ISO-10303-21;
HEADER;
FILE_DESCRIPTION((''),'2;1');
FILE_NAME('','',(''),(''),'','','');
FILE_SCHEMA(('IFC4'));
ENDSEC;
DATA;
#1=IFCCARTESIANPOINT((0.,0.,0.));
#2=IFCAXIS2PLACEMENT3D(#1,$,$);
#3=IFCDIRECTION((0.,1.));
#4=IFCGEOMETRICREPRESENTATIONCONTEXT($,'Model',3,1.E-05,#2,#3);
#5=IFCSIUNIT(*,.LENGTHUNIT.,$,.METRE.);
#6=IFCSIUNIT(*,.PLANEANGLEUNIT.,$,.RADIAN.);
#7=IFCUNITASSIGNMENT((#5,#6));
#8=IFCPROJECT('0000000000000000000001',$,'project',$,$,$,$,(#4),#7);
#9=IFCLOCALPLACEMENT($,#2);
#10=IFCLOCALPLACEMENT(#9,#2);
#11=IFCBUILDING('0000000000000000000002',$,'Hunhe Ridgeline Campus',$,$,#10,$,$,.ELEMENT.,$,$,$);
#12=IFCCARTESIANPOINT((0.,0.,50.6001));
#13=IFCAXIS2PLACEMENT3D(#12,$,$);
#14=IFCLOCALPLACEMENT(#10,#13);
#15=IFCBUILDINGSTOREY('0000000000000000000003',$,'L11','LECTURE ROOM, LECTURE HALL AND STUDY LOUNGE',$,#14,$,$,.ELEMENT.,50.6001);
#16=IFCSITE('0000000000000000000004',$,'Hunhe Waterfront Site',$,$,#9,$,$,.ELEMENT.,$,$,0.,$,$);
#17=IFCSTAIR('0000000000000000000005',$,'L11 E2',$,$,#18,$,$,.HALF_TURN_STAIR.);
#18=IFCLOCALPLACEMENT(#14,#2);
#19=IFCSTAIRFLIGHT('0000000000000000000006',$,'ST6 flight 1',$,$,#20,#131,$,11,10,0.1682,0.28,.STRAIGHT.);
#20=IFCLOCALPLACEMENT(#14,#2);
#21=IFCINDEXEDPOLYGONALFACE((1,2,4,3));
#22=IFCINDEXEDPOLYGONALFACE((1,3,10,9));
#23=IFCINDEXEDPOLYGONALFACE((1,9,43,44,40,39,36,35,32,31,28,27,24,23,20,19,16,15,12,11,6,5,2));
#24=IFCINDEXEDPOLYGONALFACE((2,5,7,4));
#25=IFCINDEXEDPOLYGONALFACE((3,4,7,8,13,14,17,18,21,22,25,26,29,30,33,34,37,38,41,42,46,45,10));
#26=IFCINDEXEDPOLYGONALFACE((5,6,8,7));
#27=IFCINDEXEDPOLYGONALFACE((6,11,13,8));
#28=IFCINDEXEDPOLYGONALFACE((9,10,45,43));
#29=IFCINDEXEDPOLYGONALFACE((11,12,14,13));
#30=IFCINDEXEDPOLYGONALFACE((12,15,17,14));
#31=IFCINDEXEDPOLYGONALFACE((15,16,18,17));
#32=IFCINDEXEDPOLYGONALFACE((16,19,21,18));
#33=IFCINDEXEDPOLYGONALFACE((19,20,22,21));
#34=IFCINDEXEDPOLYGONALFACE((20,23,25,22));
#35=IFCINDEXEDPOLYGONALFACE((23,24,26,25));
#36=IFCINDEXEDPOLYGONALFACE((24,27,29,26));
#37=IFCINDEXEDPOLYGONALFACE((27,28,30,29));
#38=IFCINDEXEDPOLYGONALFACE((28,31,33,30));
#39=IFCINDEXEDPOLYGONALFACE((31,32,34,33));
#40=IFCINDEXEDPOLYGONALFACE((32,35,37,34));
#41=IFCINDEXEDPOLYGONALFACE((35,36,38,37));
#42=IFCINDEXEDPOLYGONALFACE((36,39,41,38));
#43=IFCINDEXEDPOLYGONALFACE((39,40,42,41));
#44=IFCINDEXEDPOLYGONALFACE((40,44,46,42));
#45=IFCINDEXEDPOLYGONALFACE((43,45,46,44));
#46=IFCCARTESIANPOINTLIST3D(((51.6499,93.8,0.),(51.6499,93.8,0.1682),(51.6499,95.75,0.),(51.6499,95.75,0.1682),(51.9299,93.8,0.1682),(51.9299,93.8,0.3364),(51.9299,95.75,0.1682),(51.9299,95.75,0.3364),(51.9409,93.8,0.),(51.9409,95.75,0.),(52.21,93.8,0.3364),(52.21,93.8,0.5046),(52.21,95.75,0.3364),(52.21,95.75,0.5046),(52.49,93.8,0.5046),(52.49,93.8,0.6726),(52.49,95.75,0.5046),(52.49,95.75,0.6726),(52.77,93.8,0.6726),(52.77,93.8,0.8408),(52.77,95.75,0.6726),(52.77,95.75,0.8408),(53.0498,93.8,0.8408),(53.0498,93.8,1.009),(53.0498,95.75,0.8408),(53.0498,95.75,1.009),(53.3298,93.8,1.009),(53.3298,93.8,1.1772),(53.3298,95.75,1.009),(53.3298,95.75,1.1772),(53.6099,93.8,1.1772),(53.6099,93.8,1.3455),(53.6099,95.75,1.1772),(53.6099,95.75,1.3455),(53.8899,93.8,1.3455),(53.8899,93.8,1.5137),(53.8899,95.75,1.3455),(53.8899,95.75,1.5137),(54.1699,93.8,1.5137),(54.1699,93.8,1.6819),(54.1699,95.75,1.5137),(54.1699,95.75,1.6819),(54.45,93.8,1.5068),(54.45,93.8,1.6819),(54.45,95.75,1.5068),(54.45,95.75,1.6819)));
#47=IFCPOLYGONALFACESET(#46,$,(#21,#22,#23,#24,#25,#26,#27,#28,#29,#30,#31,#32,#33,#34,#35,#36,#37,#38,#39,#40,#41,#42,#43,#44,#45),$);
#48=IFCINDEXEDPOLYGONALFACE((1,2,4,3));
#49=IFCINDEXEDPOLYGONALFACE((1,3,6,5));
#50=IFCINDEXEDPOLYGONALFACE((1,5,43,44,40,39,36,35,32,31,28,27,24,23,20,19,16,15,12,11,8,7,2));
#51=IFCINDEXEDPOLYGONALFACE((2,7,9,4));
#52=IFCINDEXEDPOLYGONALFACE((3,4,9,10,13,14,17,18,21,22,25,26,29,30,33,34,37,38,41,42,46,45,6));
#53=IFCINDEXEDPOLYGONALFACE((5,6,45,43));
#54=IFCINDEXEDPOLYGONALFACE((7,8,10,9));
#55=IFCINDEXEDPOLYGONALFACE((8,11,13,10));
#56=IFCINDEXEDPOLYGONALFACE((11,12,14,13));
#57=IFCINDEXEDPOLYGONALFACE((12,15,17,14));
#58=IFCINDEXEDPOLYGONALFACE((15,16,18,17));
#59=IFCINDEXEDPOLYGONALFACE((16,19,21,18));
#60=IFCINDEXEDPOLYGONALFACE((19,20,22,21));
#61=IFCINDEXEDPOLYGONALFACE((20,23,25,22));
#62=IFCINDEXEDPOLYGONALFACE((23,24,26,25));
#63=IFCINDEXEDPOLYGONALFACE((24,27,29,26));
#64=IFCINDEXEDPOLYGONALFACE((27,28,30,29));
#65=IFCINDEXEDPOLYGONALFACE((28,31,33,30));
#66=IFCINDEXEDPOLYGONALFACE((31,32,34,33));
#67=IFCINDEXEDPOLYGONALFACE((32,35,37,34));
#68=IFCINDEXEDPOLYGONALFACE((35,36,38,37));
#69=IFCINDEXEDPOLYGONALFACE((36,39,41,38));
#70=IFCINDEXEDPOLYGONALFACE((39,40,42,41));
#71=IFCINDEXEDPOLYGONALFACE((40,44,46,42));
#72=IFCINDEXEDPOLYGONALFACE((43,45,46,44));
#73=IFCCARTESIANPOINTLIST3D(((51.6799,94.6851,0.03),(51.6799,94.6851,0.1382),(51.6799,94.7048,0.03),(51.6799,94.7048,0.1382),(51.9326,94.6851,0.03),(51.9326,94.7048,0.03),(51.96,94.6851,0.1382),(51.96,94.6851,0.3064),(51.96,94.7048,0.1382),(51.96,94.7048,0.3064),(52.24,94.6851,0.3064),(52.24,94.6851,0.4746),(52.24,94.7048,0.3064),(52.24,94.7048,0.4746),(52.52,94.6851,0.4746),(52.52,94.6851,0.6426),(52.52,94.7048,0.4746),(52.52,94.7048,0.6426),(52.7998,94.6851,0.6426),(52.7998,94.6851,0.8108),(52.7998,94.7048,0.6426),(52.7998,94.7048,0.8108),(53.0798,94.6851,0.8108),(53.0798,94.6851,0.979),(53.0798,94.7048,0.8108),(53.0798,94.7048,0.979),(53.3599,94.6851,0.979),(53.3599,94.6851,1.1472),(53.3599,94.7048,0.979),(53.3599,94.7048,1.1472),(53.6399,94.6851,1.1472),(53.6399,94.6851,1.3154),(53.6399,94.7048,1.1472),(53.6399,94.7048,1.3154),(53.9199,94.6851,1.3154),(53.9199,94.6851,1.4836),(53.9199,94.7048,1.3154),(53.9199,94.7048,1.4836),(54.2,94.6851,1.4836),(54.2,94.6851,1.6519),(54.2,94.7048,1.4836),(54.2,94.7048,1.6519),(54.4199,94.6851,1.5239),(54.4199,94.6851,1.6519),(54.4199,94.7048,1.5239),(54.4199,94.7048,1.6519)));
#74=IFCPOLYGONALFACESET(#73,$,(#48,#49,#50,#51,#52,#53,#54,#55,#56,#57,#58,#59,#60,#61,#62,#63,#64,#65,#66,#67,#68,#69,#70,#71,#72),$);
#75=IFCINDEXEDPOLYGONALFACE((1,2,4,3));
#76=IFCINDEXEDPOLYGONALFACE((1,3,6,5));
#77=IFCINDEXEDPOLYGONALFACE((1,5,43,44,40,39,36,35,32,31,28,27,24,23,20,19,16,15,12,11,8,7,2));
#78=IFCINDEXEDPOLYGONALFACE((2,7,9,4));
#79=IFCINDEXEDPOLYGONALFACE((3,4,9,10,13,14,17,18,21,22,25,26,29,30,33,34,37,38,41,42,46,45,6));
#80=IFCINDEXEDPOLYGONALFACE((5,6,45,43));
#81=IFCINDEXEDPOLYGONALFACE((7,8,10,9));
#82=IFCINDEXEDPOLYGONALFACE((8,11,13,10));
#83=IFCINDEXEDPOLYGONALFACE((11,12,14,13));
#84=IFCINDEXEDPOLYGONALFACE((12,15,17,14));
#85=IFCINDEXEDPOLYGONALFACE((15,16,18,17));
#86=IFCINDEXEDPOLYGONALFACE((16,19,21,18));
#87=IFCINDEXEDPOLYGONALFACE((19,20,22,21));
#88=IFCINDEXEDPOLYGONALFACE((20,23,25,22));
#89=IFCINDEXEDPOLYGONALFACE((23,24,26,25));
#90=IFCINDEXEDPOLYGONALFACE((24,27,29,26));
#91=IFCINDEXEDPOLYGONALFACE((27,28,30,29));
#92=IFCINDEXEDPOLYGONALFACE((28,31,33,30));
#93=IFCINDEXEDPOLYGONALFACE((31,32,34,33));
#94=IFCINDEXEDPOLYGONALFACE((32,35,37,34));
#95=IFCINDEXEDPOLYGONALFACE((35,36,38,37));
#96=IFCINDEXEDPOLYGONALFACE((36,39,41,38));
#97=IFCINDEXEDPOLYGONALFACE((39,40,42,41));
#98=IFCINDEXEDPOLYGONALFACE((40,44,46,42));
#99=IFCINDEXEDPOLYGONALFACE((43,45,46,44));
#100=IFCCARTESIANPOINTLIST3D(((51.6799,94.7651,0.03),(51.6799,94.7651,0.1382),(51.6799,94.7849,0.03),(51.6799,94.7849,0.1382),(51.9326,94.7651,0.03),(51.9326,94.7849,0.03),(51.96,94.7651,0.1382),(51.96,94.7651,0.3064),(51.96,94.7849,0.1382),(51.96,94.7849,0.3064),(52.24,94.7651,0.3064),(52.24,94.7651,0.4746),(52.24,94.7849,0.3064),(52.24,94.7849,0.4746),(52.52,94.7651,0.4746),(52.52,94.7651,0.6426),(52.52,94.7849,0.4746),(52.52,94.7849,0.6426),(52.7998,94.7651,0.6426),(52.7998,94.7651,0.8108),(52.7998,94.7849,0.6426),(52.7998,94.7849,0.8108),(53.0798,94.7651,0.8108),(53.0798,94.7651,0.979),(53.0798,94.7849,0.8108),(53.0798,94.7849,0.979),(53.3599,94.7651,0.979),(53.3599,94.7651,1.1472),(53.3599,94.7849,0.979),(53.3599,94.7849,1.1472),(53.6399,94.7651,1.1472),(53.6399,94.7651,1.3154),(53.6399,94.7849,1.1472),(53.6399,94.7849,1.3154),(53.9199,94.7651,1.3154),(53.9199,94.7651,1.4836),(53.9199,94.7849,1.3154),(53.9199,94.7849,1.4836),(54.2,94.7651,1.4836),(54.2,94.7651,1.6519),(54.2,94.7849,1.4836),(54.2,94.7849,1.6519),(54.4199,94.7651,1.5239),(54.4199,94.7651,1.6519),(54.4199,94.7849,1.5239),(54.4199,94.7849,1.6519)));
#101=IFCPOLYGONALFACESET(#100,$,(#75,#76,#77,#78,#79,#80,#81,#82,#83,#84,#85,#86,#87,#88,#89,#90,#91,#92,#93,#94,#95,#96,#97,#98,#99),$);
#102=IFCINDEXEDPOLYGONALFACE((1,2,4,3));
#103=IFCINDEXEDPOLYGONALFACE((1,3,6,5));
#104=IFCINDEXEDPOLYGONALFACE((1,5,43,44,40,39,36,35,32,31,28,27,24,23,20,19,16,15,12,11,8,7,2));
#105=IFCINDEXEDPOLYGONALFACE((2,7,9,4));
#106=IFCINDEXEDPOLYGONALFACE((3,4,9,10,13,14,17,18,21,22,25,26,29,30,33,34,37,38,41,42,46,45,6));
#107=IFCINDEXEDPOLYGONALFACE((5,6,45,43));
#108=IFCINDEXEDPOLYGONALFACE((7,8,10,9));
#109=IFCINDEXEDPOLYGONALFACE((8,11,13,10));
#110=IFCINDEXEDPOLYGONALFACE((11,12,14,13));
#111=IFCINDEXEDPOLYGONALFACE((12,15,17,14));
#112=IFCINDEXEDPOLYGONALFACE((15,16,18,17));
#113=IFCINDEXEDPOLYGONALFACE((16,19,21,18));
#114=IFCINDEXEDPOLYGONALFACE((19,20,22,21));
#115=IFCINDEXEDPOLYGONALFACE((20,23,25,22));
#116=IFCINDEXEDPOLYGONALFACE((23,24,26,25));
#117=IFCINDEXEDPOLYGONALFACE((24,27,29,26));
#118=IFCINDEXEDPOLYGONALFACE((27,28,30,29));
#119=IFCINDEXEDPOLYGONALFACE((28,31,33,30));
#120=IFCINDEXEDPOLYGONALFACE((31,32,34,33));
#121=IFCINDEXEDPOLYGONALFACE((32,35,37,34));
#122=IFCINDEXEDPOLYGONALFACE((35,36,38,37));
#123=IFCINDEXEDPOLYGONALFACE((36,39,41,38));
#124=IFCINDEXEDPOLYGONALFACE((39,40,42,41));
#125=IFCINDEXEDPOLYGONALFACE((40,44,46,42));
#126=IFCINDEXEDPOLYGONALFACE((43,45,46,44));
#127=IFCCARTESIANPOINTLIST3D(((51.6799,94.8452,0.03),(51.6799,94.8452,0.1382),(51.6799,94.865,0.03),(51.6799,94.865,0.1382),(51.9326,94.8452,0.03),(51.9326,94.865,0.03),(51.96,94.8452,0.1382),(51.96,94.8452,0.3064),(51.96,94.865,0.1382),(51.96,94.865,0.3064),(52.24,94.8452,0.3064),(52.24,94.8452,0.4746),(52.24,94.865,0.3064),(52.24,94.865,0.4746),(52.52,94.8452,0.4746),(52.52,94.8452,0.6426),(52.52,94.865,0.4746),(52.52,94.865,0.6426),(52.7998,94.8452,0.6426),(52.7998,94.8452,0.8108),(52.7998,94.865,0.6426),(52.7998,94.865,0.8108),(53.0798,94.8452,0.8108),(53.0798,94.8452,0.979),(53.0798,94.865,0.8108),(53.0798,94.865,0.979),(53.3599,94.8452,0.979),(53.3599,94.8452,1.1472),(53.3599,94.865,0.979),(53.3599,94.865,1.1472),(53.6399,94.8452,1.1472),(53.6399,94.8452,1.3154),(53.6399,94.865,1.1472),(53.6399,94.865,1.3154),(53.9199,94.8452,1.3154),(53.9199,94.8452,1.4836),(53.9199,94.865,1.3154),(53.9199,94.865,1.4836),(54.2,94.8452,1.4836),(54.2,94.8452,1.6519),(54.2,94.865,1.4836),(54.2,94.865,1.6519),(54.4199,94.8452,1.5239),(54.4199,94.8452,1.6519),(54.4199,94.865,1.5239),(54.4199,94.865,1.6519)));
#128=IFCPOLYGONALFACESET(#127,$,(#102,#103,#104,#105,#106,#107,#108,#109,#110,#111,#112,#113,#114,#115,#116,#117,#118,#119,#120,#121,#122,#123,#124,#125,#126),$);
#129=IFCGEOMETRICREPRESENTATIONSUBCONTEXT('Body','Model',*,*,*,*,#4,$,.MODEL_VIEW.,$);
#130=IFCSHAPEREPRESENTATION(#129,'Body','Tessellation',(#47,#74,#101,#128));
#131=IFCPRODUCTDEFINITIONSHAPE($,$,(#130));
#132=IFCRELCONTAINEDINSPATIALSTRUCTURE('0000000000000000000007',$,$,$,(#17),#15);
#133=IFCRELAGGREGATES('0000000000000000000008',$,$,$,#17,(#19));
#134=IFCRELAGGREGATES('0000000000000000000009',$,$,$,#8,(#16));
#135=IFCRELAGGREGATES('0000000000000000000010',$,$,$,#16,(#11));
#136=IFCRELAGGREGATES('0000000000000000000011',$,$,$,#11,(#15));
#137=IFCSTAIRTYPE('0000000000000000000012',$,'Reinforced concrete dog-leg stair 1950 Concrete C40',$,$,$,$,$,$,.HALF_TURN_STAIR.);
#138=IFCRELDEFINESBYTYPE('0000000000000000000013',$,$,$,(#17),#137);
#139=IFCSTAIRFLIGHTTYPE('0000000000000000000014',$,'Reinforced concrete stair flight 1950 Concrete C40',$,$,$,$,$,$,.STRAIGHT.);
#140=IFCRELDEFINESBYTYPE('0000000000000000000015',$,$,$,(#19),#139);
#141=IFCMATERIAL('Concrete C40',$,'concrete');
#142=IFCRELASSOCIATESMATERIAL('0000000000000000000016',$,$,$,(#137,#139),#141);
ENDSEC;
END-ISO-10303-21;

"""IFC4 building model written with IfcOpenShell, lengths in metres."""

from ifc_helpers import new_model, si_unit, direction, frame, origin, place, context, subcontext, project, spatial, polyline, outline, extrude, material, type_object, element, aggregate, save


model = new_model("IFC4")

# Units and contexts
model_context = context("Model", 3, precision=1e-05, world=origin(), true_north=direction((0.0, 1.0)))
body_context = subcontext(model_context, "Body", "Model", "MODEL_VIEW")
ifc_project = project(units=[si_unit("LENGTHUNIT", "METRE"), si_unit("PLANEANGLEUNIT", "RADIAN")], contexts=[model_context])

# Site, building, storey
site_placement = place(None, origin())
site = spatial("IfcSite", under=ifc_project, at=site_placement, Name="Hunhe Waterfront Site", CompositionType="ELEMENT", RefElevation=0.0)
building_placement = place(site_placement, origin())
building = spatial("IfcBuilding", under=site, at=building_placement, Name="Hunhe Ridgeline Campus", CompositionType="ELEMENT")
storey_placement = place(building_placement, frame((0.0, 0.0, 50.6001)))
storey = spatial("IfcBuildingStorey", under=building, at=storey_placement, Name="L11", Description="LECTURE ROOM, LECTURE HALL AND STUDY LOUNGE", CompositionType="ELEMENT", Elevation=50.6001)

# Shared definitions
ifc_material_1 = material(Name="Concrete C40", Category="concrete")
stair_type = type_object("IfcStairType", Name="Reinforced concrete dog-leg stair 1950 Concrete C40", PredefinedType="HALF_TURN_STAIR", material=ifc_material_1)
stair_flight_type = type_object("IfcStairFlightType", Name="Reinforced concrete stair flight 1950 Concrete C40", PredefinedType="STRAIGHT", material=ifc_material_1)

# Stair, stair flight
stair_1_placement = place(storey_placement, origin())
stair_1 = element("IfcStair", 1, at=stair_1_placement, inside=storey, type_object=stair_type, Name="L11 E2", PredefinedType="HALF_TURN_STAIR")
stair_flight_1_placement = place(storey_placement, frame((51.6499, 94.7749, 0.0), z_axis=(0.0, 0.0, 1.0), x_axis=(1.0, 0.0, 0.0)))
stair_flight_1 = element("IfcStairFlight", 2, at=stair_flight_1_placement, type_object=stair_flight_type, Name="ST6 flight 1", NumberOfRisers=11, NumberOfTreads=10, PredefinedType="STRAIGHT", RiserHeight=0.1682, TreadLength=0.28, context=body_context, shape_type="SweptSolid", body=[
    extrude(outline(polyline([(0.0, 0.0), (0.0, 0.1682), (0.28, 0.1682), (0.28, 0.3364), (0.5601, 0.3364), (0.5601, 0.5046), (0.8401, 0.5046), (0.8401, 0.6726), (1.1201, 0.6726), (1.1201, 0.8408), (1.3999, 0.8408), (1.3999, 1.009), (1.6799, 1.009), (1.6799, 1.1772), (1.96, 1.1772), (1.96, 1.3455), (2.24, 1.3455), (2.24, 1.5137), (2.52, 1.5137), (2.52, 1.6819), (2.8, 1.6819), (2.8, 1.8501), (2.8, 1.5068), (0.291, 0.0), (0.0, 0.0)])), frame((0.0, 0.9751, 0.0), z_axis=(0.0, -1.0, 0.0), x_axis=(1.0, 0.0, 0.0)), (0.0, 0.0, 1.0), 1.95),
    extrude(outline(polyline([(0.03, 0.03), (0.03, 0.1382), (0.3101, 0.1382), (0.3101, 0.3064), (0.5901, 0.3064), (0.5901, 0.4746), (0.8701, 0.4746), (0.8701, 0.6426), (1.1499, 0.6426), (1.1499, 0.8108), (1.4299, 0.8108), (1.4299, 0.979), (1.71, 0.979), (1.71, 1.1472), (1.99, 1.1472), (1.99, 1.3154), (2.27, 1.3154), (2.27, 1.4836), (2.55, 1.4836), (2.55, 1.6519), (2.77, 1.6519), (2.77, 1.5239), (0.2827, 0.03), (0.03, 0.03)])), frame((0.0, -0.0701, 0.0), z_axis=(0.0, -1.0, 0.0), x_axis=(1.0, 0.0, 0.0)), (0.0, 0.0, 1.0), 0.0198),
    extrude(outline(polyline([(0.03, 0.03), (0.03, 0.1382), (0.3101, 0.1382), (0.3101, 0.3064), (0.5901, 0.3064), (0.5901, 0.4746), (0.8701, 0.4746), (0.8701, 0.6426), (1.1499, 0.6426), (1.1499, 0.8108), (1.4299, 0.8108), (1.4299, 0.979), (1.71, 0.979), (1.71, 1.1472), (1.99, 1.1472), (1.99, 1.3154), (2.27, 1.3154), (2.27, 1.4836), (2.55, 1.4836), (2.55, 1.6519), (2.77, 1.6519), (2.77, 1.5239), (0.2827, 0.03), (0.03, 0.03)])), frame((0.0, 0.01, 0.0), z_axis=(0.0, -1.0, 0.0), x_axis=(1.0, 0.0, 0.0)), (0.0, 0.0, 1.0), 0.0198),
    extrude(outline(polyline([(0.03, 0.03), (0.03, 0.1382), (0.3101, 0.1382), (0.3101, 0.3064), (0.5901, 0.3064), (0.5901, 0.4746), (0.8701, 0.4746), (0.8701, 0.6426), (1.1499, 0.6426), (1.1499, 0.8108), (1.4299, 0.8108), (1.4299, 0.979), (1.71, 0.979), (1.71, 1.1472), (1.99, 1.1472), (1.99, 1.3154), (2.27, 1.3154), (2.27, 1.4836), (2.55, 1.4836), (2.55, 1.6519), (2.77, 1.6519), (2.77, 1.5239), (0.2827, 0.03), (0.03, 0.03)])), frame((0.0, 0.0901, 0.0), z_axis=(0.0, -1.0, 0.0), x_axis=(1.0, 0.0, 0.0)), (0.0, 0.0, 1.0), 0.0198),
])
aggregate(stair_1, [stair_flight_1])

save(model, "model.ifc")
